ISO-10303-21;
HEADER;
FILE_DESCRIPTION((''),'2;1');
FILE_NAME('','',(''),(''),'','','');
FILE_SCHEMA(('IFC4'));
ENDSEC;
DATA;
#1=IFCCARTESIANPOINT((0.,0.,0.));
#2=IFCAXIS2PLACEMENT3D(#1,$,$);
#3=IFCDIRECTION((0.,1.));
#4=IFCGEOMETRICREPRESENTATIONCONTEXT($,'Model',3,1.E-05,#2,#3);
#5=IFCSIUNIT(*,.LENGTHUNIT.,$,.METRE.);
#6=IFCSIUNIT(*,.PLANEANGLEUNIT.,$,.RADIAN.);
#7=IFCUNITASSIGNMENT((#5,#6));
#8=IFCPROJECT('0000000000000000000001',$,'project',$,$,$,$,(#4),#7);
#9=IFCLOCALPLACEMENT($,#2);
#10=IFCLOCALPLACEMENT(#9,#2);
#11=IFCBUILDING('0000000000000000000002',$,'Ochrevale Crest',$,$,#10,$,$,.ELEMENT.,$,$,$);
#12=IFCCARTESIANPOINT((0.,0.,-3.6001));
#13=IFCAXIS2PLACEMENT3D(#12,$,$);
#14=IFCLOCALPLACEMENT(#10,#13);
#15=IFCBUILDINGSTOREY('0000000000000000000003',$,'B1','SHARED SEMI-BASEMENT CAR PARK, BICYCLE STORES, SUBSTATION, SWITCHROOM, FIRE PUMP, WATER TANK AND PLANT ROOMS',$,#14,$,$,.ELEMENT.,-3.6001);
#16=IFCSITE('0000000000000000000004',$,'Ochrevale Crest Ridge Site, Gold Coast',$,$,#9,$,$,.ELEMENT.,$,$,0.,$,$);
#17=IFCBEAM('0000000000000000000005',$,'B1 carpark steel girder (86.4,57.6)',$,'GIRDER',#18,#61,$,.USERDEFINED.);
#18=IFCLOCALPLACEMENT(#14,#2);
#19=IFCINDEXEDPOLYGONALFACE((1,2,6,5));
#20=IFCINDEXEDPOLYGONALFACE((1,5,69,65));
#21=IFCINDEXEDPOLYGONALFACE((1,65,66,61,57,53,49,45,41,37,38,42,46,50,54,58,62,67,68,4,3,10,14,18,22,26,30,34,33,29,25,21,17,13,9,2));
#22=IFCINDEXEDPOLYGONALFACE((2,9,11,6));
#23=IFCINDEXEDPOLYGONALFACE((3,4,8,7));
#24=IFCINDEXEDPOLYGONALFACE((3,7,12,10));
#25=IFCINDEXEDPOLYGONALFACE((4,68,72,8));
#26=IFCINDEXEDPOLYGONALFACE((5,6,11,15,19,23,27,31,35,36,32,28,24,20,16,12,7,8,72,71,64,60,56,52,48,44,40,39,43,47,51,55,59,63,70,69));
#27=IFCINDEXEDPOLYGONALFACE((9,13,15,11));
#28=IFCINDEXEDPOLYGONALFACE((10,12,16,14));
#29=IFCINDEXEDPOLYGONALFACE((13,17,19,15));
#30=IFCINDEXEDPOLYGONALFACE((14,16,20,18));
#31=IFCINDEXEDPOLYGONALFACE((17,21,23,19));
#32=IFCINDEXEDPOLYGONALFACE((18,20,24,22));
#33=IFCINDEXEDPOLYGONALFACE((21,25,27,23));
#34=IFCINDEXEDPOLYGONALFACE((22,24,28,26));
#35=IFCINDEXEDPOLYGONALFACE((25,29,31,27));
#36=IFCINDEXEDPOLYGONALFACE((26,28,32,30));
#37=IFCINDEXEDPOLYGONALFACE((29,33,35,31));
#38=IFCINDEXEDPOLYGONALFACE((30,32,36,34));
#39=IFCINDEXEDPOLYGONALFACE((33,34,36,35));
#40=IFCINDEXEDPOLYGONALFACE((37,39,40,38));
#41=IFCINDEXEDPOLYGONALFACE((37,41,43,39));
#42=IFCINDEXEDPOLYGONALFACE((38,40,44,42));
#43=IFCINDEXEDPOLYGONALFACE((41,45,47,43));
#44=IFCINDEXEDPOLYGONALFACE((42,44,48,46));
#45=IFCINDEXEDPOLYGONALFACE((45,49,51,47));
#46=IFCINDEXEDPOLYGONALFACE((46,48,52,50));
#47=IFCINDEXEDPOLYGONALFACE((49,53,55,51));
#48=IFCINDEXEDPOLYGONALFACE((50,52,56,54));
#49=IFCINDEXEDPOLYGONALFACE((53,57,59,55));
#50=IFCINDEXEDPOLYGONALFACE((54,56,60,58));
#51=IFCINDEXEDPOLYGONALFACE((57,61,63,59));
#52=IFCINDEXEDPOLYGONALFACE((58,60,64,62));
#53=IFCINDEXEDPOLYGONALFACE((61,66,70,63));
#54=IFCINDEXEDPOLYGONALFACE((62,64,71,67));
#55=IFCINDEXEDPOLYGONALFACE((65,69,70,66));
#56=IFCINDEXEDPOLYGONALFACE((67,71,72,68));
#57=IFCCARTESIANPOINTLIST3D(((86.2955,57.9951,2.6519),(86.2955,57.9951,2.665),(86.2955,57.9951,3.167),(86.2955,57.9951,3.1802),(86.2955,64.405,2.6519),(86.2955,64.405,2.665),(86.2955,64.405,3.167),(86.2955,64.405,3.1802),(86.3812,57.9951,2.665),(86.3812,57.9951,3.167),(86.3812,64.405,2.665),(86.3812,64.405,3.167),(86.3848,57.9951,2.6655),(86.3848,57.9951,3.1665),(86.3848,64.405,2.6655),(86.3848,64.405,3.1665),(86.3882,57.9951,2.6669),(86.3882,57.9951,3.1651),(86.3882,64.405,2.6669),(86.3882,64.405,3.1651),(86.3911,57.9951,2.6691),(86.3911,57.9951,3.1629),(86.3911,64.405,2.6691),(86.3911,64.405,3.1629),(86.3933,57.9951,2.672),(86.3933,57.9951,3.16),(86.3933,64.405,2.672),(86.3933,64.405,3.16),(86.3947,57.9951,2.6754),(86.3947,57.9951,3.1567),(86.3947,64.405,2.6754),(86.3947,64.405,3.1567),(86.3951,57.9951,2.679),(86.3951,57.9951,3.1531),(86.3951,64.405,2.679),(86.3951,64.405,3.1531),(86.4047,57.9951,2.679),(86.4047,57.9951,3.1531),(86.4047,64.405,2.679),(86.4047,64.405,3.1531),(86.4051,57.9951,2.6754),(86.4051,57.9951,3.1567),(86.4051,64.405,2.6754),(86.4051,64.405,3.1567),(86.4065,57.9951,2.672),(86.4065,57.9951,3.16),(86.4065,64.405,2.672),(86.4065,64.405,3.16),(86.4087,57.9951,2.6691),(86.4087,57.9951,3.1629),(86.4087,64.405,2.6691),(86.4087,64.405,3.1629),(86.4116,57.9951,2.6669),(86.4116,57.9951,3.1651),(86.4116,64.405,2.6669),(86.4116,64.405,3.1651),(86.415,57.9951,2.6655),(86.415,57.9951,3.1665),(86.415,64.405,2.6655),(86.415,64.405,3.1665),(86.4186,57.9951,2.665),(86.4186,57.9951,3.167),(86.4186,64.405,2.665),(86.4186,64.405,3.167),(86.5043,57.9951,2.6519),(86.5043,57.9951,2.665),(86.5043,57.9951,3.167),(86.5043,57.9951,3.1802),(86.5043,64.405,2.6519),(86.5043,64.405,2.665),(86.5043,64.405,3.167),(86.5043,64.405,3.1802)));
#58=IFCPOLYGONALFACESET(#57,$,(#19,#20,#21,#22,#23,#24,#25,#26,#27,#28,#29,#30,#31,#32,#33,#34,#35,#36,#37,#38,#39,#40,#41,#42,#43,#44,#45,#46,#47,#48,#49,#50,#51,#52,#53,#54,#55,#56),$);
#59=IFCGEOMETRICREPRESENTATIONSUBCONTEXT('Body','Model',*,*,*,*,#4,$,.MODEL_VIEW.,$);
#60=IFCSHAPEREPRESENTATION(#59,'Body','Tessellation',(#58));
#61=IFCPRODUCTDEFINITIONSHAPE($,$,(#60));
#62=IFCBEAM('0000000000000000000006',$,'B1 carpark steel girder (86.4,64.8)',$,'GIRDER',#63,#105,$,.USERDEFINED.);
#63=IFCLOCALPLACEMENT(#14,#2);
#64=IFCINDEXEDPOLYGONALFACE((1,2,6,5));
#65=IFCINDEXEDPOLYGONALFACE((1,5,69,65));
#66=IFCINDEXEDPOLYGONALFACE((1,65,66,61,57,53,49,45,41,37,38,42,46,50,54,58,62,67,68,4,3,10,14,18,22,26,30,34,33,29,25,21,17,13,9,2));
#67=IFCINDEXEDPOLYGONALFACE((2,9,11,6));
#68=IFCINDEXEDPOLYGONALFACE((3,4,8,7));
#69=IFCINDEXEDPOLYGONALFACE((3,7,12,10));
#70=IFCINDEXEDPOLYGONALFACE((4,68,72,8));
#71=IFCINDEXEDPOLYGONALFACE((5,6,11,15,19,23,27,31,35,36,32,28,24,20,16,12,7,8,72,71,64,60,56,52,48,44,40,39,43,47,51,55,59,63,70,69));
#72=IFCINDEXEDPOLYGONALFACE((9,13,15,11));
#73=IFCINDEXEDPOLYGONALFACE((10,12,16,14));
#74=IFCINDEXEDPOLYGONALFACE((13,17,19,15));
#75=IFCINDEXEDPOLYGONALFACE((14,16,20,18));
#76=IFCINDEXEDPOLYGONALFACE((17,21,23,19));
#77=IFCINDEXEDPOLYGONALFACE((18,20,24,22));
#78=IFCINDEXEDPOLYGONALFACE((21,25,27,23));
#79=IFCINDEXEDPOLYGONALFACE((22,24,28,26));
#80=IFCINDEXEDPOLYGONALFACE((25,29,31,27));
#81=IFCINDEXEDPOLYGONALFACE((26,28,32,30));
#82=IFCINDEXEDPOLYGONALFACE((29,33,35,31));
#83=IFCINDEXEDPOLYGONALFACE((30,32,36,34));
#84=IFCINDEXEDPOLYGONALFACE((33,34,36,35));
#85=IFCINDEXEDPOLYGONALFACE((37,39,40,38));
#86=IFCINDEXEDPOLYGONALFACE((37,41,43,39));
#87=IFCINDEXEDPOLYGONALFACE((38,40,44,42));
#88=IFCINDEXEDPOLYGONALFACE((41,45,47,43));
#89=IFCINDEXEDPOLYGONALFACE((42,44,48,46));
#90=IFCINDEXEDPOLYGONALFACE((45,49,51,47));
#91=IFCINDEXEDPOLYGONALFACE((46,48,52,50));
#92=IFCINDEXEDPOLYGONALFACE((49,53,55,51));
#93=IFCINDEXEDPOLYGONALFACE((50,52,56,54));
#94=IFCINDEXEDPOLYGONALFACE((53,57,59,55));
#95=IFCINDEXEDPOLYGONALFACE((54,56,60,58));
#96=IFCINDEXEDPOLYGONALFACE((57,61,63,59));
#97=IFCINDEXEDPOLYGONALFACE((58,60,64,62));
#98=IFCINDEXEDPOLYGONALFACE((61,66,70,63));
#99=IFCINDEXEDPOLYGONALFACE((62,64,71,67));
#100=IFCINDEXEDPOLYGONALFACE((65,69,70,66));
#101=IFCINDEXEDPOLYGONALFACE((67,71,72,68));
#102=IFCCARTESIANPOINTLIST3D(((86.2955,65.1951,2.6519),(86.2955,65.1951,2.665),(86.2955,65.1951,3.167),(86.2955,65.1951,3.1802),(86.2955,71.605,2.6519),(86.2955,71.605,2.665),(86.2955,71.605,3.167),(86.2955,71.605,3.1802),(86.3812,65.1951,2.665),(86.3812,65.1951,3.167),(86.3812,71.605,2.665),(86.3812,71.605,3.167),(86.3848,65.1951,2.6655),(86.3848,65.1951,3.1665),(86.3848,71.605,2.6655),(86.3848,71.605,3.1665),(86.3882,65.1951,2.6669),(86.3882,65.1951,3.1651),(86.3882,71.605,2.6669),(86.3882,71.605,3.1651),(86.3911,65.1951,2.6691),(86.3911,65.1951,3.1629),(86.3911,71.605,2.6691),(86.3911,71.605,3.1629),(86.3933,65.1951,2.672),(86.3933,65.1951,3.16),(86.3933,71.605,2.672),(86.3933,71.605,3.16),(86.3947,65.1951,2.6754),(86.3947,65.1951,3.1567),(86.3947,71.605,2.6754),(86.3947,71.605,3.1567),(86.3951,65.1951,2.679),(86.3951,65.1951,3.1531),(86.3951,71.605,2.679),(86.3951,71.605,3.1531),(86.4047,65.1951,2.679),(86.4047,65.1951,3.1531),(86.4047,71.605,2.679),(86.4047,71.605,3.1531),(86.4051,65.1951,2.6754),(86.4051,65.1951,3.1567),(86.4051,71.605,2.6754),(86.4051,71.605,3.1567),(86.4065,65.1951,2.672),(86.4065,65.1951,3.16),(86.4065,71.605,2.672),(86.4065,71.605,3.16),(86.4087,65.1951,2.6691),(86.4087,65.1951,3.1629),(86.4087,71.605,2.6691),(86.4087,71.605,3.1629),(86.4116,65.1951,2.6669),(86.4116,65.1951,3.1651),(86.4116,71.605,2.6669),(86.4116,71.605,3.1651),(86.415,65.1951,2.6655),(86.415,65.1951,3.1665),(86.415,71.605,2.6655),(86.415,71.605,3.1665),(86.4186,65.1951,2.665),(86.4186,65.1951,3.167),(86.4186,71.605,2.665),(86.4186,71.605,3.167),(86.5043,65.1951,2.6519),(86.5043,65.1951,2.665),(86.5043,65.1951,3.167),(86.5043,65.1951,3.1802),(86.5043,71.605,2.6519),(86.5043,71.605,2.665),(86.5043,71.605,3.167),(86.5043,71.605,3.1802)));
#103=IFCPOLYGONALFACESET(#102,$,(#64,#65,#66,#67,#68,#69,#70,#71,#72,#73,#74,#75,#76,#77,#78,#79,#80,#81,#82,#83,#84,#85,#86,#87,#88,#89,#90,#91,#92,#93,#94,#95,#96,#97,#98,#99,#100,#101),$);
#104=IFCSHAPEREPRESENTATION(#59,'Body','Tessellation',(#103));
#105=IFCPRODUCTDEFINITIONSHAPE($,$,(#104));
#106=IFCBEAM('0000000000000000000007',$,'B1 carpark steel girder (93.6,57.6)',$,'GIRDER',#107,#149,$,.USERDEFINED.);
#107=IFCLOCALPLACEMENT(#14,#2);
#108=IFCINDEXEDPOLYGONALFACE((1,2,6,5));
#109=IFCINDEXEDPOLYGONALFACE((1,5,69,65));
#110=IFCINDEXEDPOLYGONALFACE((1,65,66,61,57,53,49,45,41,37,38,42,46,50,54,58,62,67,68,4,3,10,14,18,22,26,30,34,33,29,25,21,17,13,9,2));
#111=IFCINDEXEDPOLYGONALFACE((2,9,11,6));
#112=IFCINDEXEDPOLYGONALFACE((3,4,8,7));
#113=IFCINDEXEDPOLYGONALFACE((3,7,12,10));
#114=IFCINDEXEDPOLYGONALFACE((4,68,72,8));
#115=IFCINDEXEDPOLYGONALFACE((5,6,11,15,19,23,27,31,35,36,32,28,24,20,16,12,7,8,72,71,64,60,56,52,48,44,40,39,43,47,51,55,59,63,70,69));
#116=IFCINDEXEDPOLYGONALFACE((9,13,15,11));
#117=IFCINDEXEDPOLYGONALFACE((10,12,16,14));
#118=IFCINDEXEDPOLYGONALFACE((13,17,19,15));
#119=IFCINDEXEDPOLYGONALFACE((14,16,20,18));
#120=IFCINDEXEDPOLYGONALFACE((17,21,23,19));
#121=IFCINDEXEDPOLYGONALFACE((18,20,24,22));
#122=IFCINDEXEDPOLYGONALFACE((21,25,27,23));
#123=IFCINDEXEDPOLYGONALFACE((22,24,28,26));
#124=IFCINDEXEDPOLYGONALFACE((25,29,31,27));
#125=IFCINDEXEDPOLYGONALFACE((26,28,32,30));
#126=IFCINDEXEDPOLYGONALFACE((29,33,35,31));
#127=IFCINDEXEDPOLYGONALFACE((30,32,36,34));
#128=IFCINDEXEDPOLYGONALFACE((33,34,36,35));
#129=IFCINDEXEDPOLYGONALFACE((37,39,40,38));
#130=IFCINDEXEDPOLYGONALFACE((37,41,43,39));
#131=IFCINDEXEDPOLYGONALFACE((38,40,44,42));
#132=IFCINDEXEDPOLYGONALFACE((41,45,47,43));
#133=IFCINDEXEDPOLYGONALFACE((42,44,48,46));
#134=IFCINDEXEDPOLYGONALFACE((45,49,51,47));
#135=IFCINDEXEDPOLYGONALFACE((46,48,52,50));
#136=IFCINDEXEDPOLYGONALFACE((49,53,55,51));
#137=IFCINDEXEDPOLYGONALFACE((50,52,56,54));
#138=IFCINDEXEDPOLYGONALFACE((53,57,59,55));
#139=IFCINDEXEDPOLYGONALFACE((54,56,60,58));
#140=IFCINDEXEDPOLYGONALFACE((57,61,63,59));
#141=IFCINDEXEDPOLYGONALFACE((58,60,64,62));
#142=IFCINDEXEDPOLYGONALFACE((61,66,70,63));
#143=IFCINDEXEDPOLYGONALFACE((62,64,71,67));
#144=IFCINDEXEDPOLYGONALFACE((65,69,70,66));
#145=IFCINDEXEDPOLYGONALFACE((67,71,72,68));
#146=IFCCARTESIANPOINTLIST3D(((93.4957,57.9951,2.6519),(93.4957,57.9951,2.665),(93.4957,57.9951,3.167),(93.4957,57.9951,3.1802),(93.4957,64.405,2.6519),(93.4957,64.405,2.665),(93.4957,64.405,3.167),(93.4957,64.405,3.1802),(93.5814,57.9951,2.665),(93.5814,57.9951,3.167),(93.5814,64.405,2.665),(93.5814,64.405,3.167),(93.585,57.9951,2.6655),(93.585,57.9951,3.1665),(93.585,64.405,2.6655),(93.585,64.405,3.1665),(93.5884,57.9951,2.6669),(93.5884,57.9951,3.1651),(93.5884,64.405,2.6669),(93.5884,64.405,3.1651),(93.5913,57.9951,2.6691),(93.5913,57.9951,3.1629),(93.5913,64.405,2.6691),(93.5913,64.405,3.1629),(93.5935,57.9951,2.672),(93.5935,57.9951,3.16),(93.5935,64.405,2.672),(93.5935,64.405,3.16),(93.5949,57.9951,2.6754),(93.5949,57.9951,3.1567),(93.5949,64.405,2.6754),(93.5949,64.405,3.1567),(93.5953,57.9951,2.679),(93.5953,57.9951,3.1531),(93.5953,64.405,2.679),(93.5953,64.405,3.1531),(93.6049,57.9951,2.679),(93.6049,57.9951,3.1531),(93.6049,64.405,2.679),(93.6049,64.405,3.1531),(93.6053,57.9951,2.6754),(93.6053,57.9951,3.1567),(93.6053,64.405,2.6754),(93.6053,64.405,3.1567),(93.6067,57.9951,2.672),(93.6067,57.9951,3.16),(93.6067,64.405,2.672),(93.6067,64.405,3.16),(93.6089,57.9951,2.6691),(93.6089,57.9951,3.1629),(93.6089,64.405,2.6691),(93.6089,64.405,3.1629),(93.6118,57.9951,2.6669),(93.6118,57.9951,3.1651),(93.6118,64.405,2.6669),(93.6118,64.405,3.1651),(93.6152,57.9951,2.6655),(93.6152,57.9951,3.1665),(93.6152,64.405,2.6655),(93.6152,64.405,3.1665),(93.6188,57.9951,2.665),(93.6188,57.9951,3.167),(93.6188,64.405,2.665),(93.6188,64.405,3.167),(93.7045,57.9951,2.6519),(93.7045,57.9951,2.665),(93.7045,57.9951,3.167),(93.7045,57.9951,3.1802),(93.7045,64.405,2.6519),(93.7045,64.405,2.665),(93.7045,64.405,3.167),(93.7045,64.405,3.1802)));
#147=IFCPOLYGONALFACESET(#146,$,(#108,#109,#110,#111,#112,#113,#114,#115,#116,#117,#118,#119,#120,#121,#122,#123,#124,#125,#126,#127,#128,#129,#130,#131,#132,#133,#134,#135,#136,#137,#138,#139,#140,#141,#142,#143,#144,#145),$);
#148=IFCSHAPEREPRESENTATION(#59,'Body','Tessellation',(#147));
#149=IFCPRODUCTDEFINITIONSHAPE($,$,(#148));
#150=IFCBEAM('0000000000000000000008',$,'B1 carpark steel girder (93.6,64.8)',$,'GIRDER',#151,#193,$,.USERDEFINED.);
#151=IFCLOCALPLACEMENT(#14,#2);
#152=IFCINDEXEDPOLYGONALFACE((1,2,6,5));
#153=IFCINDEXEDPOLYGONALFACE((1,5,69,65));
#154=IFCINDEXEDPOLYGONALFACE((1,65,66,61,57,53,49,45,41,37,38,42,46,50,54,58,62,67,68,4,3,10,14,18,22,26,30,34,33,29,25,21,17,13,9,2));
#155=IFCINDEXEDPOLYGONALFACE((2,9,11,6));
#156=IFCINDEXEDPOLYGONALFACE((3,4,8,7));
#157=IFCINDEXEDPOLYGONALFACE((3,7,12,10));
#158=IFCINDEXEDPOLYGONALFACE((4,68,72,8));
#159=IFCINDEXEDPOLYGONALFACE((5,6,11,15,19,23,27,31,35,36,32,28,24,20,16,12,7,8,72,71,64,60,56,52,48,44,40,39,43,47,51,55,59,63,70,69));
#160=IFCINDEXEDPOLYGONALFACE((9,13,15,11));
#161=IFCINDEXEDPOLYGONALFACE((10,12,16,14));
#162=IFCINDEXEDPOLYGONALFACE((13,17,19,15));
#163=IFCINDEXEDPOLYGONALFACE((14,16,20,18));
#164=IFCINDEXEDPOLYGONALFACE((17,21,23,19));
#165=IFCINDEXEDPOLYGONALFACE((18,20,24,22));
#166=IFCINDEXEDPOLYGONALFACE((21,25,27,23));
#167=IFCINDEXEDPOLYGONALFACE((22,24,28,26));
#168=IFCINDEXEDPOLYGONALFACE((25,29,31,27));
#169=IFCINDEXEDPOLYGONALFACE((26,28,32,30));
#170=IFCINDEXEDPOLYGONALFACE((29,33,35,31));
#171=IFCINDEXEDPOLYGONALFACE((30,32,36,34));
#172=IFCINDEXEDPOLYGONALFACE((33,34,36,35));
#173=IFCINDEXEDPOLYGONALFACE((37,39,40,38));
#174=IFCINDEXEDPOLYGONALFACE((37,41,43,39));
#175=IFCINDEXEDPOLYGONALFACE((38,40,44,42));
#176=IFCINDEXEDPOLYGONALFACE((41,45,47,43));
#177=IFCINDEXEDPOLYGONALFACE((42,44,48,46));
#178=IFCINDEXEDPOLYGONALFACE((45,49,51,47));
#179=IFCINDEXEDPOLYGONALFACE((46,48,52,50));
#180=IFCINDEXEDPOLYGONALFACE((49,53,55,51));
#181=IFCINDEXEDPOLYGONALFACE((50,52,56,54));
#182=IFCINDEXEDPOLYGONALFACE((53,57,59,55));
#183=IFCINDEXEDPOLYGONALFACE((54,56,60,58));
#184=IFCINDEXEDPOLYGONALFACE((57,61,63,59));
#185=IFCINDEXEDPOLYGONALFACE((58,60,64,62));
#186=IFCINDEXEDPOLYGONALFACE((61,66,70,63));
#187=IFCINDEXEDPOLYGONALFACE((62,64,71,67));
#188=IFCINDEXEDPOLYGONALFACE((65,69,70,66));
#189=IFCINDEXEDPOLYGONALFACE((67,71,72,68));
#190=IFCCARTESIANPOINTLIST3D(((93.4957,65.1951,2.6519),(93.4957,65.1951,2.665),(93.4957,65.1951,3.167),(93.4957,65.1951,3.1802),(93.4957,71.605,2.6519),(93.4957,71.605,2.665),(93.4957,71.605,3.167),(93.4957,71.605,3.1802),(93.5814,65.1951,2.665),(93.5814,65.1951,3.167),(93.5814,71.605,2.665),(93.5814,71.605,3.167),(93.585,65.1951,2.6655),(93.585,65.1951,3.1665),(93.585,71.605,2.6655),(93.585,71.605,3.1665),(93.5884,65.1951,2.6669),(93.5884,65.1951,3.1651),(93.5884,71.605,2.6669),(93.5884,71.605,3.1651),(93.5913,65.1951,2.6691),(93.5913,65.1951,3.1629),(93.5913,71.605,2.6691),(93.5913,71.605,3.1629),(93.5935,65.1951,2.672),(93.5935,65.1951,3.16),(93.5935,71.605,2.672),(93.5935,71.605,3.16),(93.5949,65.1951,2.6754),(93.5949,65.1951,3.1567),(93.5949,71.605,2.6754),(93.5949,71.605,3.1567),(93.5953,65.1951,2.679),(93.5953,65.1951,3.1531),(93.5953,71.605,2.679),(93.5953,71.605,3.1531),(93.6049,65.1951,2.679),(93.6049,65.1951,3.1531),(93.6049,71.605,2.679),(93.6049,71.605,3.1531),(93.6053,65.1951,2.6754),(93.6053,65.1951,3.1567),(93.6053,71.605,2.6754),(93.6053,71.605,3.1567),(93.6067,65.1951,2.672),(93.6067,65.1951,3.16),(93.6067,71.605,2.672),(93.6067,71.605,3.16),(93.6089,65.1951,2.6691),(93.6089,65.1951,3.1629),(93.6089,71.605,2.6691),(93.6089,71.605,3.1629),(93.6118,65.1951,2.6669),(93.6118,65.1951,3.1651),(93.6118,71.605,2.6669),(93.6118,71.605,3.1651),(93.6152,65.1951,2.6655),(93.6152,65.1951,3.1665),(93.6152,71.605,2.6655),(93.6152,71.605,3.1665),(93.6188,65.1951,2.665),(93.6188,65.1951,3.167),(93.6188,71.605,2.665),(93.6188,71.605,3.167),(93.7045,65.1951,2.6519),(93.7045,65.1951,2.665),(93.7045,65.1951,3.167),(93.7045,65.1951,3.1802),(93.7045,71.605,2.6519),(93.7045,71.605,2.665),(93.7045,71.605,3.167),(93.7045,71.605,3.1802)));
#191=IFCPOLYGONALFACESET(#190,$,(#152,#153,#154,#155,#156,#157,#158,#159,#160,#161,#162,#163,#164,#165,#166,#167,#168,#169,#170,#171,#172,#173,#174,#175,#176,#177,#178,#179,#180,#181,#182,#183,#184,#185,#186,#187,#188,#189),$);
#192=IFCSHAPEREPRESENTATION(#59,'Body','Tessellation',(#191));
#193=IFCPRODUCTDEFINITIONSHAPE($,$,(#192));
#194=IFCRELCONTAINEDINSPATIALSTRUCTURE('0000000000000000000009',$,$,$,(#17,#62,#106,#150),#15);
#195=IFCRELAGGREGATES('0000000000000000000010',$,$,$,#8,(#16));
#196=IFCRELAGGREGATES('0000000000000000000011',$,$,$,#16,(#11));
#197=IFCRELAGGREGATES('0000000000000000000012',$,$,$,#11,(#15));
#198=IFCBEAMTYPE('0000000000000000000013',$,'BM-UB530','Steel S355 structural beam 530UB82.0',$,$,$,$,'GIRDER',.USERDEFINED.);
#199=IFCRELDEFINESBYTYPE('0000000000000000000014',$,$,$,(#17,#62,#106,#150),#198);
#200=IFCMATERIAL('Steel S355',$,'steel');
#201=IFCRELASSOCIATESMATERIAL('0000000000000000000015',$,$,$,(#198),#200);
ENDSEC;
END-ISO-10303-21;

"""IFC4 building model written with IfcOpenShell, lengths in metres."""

from ifc_helpers import new_model, si_unit, direction, frame, origin, origin_2d, place, context, subcontext, project, spatial, i_section, extrude, material, material_profile, profile_set, type_object, element, save


model = new_model("IFC4")

# Units and contexts
model_context = context("Model", 3, precision=1e-05, world=origin(), true_north=direction((0.0, 1.0)))
body_context = subcontext(model_context, "Body", "Model", "MODEL_VIEW")
ifc_project = project(units=[si_unit("LENGTHUNIT", "METRE"), si_unit("PLANEANGLEUNIT", "RADIAN")], contexts=[model_context])

# Site, building, storey
site_placement = place(None, origin())
site = spatial("IfcSite", under=ifc_project, at=site_placement, Name="Ochrevale Crest Ridge Site, Gold Coast", CompositionType="ELEMENT", RefElevation=0.0)
building_placement = place(site_placement, origin())
building = spatial("IfcBuilding", under=site, at=building_placement, Name="Ochrevale Crest", CompositionType="ELEMENT")
storey_placement = place(building_placement, frame((0.0, 0.0, -3.6001)))
storey = spatial("IfcBuildingStorey", under=building, at=storey_placement, Name="B1", Description="SHARED SEMI-BASEMENT CAR PARK, BICYCLE STORES, SUBSTATION, SWITCHROOM, FIRE PUMP, WATER TANK AND PLANT ROOMS", CompositionType="ELEMENT", Elevation=-3.6001)

# Beams
ifc_material_1 = material(Name="Steel S355", Category="steel")
ifc_material_profile_1 = material_profile(ifc_material_1, i_section(OverallWidth=0.2087, OverallDepth=0.5283, WebThickness=0.0095, FlangeThickness=0.0132, FilletRadius=0.0139, at=origin_2d()), Name="530UB82.0")
ifc_profile_set_1 = profile_set([ifc_material_profile_1], Name="Steel S355")
beam_type_1 = type_object("IfcBeamType", Name="BM-UB530", Description="Steel S355 structural beam 530UB82.0", ElementType="GIRDER", PredefinedType="USERDEFINED", material=ifc_profile_set_1)
for number, where, z_axis, x_axis, name in (
    (1, (86.3999, 57.9951, 2.916), (0.0, 1.0, 0.0), (-1.0, 0.0, 0.0), "B1 carpark steel girder (86.4,57.6)"),
    (2, (86.3999, 65.1951, 2.916), (0.0, 1.0, 0.0), (-1.0, 0.0, 0.0), "B1 carpark steel girder (86.4,64.8)"),
    (3, (93.6001, 57.9951, 2.916), (0.0, 1.0, 0.0), (-1.0, 0.0, 0.0), "B1 carpark steel girder (93.6,57.6)"),
    (4, (93.6001, 65.1951, 2.916), (0.0, 1.0, 0.0), (-1.0, 0.0, 0.0), "B1 carpark steel girder (93.6,64.8)"),
):
    element("IfcBeam", number, at=place(storey_placement, frame(where, z_axis=z_axis, x_axis=x_axis)), inside=storey, type_object=beam_type_1, Name=name, ObjectType="GIRDER", PredefinedType="USERDEFINED", context=body_context, shape_type="SweptSolid", body=[
        extrude(i_section(OverallWidth=0.2087, OverallDepth=0.5283, WebThickness=0.0095, FlangeThickness=0.0132, FilletRadius=0.0139, at=origin_2d()), origin(), (0.0, 0.0, 1.0), 6.4099),
    ])

save(model, "model.ifc")
